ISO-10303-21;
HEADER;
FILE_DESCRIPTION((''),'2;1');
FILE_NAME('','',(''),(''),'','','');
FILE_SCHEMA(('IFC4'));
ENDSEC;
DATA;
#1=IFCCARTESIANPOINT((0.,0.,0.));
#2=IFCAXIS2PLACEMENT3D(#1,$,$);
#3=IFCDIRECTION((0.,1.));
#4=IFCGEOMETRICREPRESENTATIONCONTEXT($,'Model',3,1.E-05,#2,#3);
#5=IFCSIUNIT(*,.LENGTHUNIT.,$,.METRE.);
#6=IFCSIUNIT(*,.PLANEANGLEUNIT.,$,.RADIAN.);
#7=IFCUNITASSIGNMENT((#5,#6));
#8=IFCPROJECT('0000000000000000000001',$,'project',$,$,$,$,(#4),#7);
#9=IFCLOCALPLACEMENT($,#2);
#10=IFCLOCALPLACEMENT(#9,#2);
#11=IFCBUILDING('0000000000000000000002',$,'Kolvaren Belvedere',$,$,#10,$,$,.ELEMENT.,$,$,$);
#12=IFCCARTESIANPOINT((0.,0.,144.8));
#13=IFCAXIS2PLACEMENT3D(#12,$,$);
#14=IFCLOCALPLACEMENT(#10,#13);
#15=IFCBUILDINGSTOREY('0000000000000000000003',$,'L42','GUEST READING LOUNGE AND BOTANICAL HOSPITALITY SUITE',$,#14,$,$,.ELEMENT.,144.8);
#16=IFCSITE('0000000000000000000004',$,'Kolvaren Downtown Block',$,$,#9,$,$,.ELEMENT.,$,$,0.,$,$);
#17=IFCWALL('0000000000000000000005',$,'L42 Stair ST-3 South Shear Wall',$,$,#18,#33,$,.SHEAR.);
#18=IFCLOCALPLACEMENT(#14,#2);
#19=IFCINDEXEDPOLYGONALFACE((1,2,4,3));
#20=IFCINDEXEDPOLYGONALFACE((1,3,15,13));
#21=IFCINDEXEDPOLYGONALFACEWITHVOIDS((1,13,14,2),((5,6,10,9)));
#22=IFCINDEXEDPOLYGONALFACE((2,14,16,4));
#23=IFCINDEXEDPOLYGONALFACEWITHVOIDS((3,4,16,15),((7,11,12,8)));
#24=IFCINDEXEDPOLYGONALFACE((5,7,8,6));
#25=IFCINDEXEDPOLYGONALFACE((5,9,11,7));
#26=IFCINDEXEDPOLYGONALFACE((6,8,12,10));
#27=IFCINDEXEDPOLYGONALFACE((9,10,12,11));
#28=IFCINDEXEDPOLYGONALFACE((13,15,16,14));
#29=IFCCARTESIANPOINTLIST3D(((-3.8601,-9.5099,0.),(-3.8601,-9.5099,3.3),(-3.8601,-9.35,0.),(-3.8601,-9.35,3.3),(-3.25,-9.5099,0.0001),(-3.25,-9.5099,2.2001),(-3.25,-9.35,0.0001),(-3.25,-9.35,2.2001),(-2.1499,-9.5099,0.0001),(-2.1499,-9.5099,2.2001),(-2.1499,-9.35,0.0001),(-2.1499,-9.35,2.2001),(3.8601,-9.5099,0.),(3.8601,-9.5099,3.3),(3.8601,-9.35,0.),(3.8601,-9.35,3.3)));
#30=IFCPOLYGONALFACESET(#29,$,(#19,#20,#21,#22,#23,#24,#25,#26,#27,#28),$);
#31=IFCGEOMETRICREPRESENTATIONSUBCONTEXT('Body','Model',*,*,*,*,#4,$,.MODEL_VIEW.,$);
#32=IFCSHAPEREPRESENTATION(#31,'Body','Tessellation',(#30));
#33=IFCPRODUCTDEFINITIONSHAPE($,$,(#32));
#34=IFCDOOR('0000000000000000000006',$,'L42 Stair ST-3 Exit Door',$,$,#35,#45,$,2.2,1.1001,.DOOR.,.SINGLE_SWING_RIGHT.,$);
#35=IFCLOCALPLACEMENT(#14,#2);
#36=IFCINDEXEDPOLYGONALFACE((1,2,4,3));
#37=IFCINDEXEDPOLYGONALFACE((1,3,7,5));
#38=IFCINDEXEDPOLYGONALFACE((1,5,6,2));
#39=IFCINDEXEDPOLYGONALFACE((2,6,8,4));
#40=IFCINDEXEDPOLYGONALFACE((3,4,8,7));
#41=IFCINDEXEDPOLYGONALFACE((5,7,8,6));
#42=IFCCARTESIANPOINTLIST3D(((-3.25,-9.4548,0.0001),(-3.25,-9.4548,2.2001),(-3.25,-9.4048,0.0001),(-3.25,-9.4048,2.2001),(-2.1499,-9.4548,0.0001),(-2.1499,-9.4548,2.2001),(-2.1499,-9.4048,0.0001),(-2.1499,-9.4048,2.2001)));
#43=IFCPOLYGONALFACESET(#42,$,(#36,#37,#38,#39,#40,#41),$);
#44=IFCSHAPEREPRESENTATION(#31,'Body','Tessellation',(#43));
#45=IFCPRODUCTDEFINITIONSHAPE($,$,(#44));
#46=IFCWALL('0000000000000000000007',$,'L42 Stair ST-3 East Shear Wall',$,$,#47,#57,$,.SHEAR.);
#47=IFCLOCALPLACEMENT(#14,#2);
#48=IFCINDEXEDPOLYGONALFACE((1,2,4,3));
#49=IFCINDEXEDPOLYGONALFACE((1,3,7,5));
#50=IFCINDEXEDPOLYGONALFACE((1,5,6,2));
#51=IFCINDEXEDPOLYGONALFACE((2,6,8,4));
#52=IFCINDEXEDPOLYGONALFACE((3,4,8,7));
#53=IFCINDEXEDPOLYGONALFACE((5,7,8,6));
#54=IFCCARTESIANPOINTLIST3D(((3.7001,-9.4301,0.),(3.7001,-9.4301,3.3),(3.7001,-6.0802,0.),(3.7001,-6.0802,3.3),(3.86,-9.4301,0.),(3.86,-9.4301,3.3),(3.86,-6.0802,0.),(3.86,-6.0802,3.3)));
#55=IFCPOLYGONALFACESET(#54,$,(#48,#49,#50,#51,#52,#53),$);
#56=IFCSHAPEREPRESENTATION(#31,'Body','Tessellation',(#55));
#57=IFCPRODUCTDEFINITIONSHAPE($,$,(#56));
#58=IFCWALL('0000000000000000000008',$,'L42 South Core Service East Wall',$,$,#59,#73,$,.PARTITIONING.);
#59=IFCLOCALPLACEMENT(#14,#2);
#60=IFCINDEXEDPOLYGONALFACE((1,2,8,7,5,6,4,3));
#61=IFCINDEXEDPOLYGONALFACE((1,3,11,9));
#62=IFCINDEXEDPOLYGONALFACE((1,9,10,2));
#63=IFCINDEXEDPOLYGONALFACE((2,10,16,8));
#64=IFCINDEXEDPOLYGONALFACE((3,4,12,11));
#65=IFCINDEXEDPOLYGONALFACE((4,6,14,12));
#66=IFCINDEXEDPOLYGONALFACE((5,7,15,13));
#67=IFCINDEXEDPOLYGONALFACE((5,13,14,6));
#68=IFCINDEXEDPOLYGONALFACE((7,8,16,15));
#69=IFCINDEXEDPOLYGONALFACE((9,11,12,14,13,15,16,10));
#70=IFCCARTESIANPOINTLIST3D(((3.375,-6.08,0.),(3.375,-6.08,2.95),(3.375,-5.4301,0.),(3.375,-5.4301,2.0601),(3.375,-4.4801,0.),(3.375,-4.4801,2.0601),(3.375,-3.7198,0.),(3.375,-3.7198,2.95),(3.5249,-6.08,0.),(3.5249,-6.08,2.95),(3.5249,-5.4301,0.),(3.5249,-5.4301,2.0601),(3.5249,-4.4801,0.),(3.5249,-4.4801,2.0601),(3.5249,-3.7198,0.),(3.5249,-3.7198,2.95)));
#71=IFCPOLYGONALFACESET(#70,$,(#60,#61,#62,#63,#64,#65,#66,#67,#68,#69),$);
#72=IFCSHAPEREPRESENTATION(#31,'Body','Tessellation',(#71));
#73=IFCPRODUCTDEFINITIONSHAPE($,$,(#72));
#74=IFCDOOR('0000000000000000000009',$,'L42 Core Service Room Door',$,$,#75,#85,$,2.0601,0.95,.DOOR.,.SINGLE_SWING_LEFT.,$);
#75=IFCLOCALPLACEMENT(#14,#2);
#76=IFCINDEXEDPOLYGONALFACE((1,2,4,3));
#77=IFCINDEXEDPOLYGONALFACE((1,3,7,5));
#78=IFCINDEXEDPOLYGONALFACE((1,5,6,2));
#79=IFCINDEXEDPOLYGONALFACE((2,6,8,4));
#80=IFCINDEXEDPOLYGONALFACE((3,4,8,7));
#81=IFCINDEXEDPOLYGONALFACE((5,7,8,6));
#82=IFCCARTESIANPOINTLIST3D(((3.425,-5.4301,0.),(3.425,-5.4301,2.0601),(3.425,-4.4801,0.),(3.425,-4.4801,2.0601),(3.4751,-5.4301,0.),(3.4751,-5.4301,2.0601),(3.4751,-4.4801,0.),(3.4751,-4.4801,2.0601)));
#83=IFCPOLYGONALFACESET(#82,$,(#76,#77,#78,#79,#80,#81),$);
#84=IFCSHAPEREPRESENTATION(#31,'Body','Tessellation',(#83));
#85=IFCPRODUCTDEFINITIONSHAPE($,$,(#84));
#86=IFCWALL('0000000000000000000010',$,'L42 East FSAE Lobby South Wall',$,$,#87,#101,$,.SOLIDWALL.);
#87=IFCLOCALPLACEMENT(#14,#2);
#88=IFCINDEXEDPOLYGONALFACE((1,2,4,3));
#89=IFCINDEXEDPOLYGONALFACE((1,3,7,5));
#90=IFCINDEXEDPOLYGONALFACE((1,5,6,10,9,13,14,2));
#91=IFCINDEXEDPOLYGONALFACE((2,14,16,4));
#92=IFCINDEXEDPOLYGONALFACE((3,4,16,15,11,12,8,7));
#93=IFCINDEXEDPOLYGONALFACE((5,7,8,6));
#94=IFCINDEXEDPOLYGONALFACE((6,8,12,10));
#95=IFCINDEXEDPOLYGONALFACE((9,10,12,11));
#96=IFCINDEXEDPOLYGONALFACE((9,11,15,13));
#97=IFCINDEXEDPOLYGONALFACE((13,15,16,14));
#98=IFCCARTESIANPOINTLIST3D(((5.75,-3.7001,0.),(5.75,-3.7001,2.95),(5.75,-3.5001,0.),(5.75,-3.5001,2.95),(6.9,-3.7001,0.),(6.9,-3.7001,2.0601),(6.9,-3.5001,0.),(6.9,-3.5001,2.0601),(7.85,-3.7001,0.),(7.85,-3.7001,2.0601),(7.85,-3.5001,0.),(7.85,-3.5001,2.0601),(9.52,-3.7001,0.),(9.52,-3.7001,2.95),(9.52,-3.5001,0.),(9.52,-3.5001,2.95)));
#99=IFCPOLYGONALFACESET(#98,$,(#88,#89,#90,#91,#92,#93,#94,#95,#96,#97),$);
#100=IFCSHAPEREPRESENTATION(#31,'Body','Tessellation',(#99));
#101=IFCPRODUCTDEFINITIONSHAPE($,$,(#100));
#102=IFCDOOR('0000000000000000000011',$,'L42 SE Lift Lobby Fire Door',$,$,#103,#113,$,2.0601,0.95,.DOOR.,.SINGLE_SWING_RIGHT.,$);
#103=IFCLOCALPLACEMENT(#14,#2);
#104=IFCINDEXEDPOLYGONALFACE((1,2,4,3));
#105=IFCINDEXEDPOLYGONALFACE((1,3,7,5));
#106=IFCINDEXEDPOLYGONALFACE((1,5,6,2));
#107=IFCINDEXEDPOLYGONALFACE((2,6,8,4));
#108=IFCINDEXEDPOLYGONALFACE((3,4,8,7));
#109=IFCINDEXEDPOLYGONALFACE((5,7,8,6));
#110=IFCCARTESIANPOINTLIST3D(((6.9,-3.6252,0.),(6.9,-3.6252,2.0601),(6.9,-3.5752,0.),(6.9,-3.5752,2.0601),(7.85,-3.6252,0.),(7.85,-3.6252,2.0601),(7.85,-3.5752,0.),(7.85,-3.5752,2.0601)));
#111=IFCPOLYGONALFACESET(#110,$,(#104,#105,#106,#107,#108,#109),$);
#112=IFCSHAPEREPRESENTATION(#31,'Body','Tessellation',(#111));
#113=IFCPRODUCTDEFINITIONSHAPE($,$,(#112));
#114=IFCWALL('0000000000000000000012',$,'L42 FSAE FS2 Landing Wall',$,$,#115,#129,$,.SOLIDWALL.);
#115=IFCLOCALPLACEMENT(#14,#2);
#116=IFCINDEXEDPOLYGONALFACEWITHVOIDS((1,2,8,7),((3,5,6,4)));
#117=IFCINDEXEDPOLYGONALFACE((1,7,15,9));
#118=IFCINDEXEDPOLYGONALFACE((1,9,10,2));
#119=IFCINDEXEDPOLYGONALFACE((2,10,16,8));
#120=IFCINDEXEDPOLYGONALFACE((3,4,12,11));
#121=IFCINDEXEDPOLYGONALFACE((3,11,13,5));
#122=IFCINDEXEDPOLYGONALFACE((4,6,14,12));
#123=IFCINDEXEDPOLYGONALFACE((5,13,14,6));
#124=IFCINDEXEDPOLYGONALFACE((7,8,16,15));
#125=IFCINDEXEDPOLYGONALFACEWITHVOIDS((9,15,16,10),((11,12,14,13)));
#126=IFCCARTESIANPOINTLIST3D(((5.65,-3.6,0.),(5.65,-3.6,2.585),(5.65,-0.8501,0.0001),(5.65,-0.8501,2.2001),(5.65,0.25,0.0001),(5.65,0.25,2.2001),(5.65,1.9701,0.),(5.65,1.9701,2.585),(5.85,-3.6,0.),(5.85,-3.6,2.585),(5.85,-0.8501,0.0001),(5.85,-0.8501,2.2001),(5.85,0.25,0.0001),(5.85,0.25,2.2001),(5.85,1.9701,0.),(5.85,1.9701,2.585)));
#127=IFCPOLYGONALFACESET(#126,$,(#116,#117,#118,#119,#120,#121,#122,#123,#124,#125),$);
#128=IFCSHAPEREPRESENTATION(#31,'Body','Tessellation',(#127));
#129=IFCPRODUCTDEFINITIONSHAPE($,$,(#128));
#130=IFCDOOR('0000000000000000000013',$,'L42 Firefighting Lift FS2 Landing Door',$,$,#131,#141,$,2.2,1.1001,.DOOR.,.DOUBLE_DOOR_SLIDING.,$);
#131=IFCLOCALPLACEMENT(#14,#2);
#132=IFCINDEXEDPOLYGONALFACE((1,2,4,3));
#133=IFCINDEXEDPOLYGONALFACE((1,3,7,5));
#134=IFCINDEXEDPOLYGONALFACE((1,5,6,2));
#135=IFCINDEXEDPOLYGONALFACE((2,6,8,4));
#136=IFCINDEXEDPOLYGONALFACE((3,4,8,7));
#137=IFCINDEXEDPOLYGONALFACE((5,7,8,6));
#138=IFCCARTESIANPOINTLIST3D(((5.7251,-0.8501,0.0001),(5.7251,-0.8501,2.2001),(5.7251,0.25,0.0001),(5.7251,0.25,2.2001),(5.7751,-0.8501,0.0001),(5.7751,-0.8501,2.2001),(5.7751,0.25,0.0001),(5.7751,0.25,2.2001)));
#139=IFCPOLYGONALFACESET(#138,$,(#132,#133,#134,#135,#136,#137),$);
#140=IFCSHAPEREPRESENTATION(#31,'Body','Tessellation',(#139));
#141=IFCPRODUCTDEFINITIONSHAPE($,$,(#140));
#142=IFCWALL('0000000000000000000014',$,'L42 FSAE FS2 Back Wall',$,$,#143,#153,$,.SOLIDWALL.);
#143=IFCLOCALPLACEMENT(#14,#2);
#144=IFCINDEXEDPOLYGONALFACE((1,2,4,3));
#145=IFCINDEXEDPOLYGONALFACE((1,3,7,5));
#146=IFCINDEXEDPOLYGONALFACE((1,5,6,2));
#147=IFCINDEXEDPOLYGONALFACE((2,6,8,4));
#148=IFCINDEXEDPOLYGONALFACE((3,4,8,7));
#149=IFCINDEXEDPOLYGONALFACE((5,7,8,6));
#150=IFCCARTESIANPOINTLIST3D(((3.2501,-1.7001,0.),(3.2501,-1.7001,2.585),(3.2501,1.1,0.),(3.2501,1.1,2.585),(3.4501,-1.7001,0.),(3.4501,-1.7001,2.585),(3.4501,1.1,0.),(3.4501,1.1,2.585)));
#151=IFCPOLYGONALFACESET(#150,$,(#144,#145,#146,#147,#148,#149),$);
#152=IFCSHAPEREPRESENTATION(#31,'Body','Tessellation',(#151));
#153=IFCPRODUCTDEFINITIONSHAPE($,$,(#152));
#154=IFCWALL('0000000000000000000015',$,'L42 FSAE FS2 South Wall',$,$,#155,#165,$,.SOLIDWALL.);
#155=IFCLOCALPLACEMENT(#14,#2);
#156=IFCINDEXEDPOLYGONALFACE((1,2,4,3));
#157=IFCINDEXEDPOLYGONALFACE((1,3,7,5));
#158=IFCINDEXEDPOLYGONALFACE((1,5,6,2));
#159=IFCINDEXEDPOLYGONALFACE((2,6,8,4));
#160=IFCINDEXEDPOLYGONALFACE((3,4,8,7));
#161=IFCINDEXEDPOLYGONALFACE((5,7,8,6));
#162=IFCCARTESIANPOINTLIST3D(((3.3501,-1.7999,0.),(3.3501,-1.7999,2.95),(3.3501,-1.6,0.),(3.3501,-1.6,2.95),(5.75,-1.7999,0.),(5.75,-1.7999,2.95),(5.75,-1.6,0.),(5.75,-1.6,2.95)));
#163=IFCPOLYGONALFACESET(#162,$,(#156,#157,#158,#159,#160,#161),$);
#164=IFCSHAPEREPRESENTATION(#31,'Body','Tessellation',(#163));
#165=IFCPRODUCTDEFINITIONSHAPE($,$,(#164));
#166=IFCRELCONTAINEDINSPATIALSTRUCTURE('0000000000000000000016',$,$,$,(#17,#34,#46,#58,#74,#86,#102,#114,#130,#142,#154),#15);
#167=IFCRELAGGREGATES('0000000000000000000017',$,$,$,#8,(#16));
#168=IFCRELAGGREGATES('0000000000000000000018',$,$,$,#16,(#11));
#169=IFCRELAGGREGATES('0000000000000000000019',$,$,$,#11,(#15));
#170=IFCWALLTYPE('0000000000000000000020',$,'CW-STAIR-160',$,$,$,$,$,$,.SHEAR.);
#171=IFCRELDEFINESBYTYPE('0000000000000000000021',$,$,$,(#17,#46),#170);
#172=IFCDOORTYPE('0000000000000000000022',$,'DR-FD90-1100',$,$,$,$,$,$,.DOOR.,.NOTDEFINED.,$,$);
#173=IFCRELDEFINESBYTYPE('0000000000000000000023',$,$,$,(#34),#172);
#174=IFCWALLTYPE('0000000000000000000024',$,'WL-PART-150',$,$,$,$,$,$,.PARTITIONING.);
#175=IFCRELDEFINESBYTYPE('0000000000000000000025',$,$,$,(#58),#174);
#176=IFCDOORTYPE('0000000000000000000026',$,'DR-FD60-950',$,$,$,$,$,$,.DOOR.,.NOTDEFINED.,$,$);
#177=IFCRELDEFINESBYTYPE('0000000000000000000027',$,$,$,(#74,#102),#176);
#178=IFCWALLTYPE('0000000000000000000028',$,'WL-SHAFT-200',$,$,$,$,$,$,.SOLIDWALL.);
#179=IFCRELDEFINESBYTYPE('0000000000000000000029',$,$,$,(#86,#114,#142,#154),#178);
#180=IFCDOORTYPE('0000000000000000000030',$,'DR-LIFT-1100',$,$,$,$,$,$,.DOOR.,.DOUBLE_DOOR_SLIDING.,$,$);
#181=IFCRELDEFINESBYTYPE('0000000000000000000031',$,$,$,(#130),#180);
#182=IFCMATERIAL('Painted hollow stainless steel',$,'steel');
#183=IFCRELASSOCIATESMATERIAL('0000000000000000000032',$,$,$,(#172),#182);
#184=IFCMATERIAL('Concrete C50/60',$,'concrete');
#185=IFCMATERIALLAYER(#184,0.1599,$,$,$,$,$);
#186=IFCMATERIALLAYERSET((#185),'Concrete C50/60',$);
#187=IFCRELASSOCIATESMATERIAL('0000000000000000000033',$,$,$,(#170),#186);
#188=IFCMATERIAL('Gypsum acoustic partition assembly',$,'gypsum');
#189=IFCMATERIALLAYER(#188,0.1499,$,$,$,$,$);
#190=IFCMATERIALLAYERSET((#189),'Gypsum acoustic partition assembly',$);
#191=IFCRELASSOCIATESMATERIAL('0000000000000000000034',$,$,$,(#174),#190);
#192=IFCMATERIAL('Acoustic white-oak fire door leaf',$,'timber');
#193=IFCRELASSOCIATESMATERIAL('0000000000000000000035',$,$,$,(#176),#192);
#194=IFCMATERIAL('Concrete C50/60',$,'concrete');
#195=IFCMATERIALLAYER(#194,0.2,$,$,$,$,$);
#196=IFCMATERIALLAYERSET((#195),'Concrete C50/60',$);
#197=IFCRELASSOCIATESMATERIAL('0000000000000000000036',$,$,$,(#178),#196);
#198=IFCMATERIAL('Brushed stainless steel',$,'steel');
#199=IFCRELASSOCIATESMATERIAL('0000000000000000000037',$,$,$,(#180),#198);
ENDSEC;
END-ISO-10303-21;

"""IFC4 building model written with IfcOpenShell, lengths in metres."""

from ifc_helpers import new_model, si_unit, direction, frame, frame_2d, origin, place, context, subcontext, project, spatial, rectangle, extrude, material, layer, layer_set, type_object, element, fill, save


model = new_model("IFC4")

# Units and contexts
model_context = context("Model", 3, precision=1e-05, world=origin(), true_north=direction((0.0, 1.0)))
body_context = subcontext(model_context, "Body", "Model", "MODEL_VIEW")
ifc_project = project(units=[si_unit("LENGTHUNIT", "METRE"), si_unit("PLANEANGLEUNIT", "RADIAN")], contexts=[model_context])

# Site, building, storey
site_placement = place(None, origin())
site = spatial("IfcSite", under=ifc_project, at=site_placement, Name="Kolvaren Downtown Block", CompositionType="ELEMENT", RefElevation=0.0)
building_placement = place(site_placement, origin())
building = spatial("IfcBuilding", under=site, at=building_placement, Name="Kolvaren Belvedere", CompositionType="ELEMENT")
storey_placement = place(building_placement, frame((0.0, 0.0, 144.8)))
storey = spatial("IfcBuildingStorey", under=building, at=storey_placement, Name="L42", Description="GUEST READING LOUNGE AND BOTANICAL HOSPITALITY SUITE", CompositionType="ELEMENT", Elevation=144.8)

# Wall, opening, door
ifc_material_1 = material(Name="Painted hollow stainless steel", Category="steel")
door_type_1 = type_object("IfcDoorType", Name="DR-FD90-1100", OperationType="NOTDEFINED", PredefinedType="DOOR", material=ifc_material_1)
ifc_material_2 = material(Name="Concrete C50/60", Category="concrete")
ifc_layer_1 = layer(ifc_material_2, 0.1599)
ifc_layer_set_1 = layer_set([ifc_layer_1], Name="Concrete C50/60")
wall_type_1 = type_object("IfcWallType", Name="CW-STAIR-160", PredefinedType="SHEAR", material=ifc_layer_set_1)
wall_1_placement = place(storey_placement, frame((3.8601, -9.4299, 0.0), z_axis=(0.0, 0.0, 1.0), x_axis=(-1.0, 0.0, 0.0)))
wall_1 = element("IfcWall", 1, at=wall_1_placement, inside=storey, type_object=wall_type_1, Name="L42 Stair ST-3 South Shear Wall", PredefinedType="SHEAR", context=body_context, shape_type="SweptSolid", body=[
    extrude(rectangle(XDim=7.7202, YDim=0.1599, at=frame_2d((3.8601, 0.0))), origin(), (0.0, 0.0, 1.0), 3.3),
])
opening_1_placement = place(wall_1_placement, frame((6.01, 0.0, 0.0)))
opening_1 = element("IfcOpeningElement", 2, at=opening_1_placement, cuts=wall_1, PredefinedType="OPENING", context=body_context, shape_type="SweptSolid", body=[
    extrude(rectangle(XDim=1.1001, YDim=2.2, at=frame_2d((0.55, 1.1001))), frame((0.0, 0.0898, 0.0), z_axis=(0.0, -1.0, 0.0), x_axis=(1.0, 0.0, 0.0)), (0.0, 0.0, 1.0), 0.1799),
])
door_1_placement = place(opening_1_placement, origin())
door_1 = element("IfcDoor", 3, at=door_1_placement, inside=storey, type_object=door_type_1, Name="L42 Stair ST-3 Exit Door", OperationType="SINGLE_SWING_RIGHT", OverallHeight=2.2, OverallWidth=1.1001, PredefinedType="DOOR", context=body_context, shape_type="SweptSolid", body=[
    extrude(rectangle(XDim=1.1001, YDim=2.2, at=frame_2d((0.55, 1.1001))), frame((0.0, 0.0249, 0.0), z_axis=(0.0, -1.0, 0.0), x_axis=(1.0, 0.0, 0.0)), (0.0, 0.0, 1.0), 0.05),
])
fill(opening_1, door_1)

# Wall
wall_2_placement = place(storey_placement, frame((3.78, -9.4299, 0.0), z_axis=(0.0, 0.0, 1.0), x_axis=(0.0, 1.0, 0.0)))
element("IfcWall", 4, at=wall_2_placement, inside=storey, type_object=wall_type_1, Name="L42 Stair ST-3 East Shear Wall", PredefinedType="SHEAR", context=body_context, shape_type="SweptSolid", body=[
    extrude(rectangle(XDim=3.3499, YDim=0.1599, at=frame_2d((1.6748, 0.0))), origin(), (0.0, 0.0, 1.0), 3.3),
])

# Walls, openings, doors
ifc_material_3 = material(Name="Gypsum acoustic partition assembly", Category="gypsum")
ifc_layer_2 = layer(ifc_material_3, 0.1499)
ifc_layer_set_2 = layer_set([ifc_layer_2], Name="Gypsum acoustic partition assembly")
wall_type_2 = type_object("IfcWallType", Name="WL-PART-150", PredefinedType="PARTITIONING", material=ifc_layer_set_2)
wall_3_placement = place(storey_placement, frame((3.45, -6.0801, 0.0), z_axis=(0.0, 0.0, 1.0), x_axis=(0.0, 1.0, 0.0)))
wall_3 = element("IfcWall", 5, at=wall_3_placement, inside=storey, type_object=wall_type_2, Name="L42 South Core Service East Wall", PredefinedType="PARTITIONING", context=body_context, shape_type="SweptSolid", body=[
    extrude(rectangle(XDim=2.3601, YDim=0.1499, at=frame_2d((1.1802, 0.0))), origin(), (0.0, 0.0, 1.0), 2.95),
])
opening_2_placement = place(wall_3_placement, frame((0.6499, 0.0, 0.0)))
opening_2 = element("IfcOpeningElement", 6, at=opening_2_placement, cuts=wall_3, PredefinedType="OPENING", context=body_context, shape_type="SweptSolid", body=[
    extrude(rectangle(XDim=0.95, YDim=2.0601, at=frame_2d((0.4751, 1.03))), frame((0.0, 0.085, 0.0), z_axis=(0.0, -1.0, 0.0), x_axis=(1.0, 0.0, 0.0)), (0.0, 0.0, 1.0), 0.1699),
])
ifc_material_4 = material(Name="Acoustic white-oak fire door leaf", Category="timber")
door_type_2 = type_object("IfcDoorType", Name="DR-FD60-950", OperationType="NOTDEFINED", PredefinedType="DOOR", material=ifc_material_4)
door_2_placement = place(opening_2_placement, origin())
door_2 = element("IfcDoor", 7, at=door_2_placement, inside=storey, type_object=door_type_2, Name="L42 Core Service Room Door", OperationType="SINGLE_SWING_LEFT", OverallHeight=2.0601, OverallWidth=0.95, PredefinedType="DOOR", context=body_context, shape_type="SweptSolid", body=[
    extrude(rectangle(XDim=0.95, YDim=2.0601, at=frame_2d((0.4751, 1.03))), frame((0.0, 0.0249, 0.0), z_axis=(0.0, -1.0, 0.0), x_axis=(1.0, 0.0, 0.0)), (0.0, 0.0, 1.0), 0.05),
])
fill(opening_2, door_2)
ifc_material_5 = material(Name="Concrete C50/60", Category="concrete")
ifc_layer_3 = layer(ifc_material_5, 0.2)
ifc_layer_set_3 = layer_set([ifc_layer_3], Name="Concrete C50/60")
wall_type_3 = type_object("IfcWallType", Name="WL-SHAFT-200", PredefinedType="SOLIDWALL", material=ifc_layer_set_3)
wall_4_placement = place(storey_placement, frame((5.75, -3.6001, 0.0), z_axis=(0.0, 0.0, 1.0), x_axis=(1.0, 0.0, 0.0)))
wall_4 = element("IfcWall", 8, at=wall_4_placement, inside=storey, type_object=wall_type_3, Name="L42 East FSAE Lobby South Wall", PredefinedType="SOLIDWALL", context=body_context, shape_type="SweptSolid", body=[
    extrude(rectangle(XDim=3.77, YDim=0.2, at=frame_2d((1.885, 0.0))), origin(), (0.0, 0.0, 1.0), 2.95),
])
opening_3_placement = place(wall_4_placement, frame((1.1499, 0.0, 0.0)))
opening_3 = element("IfcOpeningElement", 9, at=opening_3_placement, cuts=wall_4, PredefinedType="OPENING", context=body_context, shape_type="SweptSolid", body=[
    extrude(rectangle(XDim=0.95, YDim=2.0601, at=frame_2d((0.4751, 1.03))), frame((0.0, 0.1099, 0.0), z_axis=(0.0, -1.0, 0.0), x_axis=(1.0, 0.0, 0.0)), (0.0, 0.0, 1.0), 0.22),
])
door_3_placement = place(opening_3_placement, origin())
door_3 = element("IfcDoor", 10, at=door_3_placement, inside=storey, type_object=door_type_2, Name="L42 SE Lift Lobby Fire Door", OperationType="SINGLE_SWING_RIGHT", OverallHeight=2.0601, OverallWidth=0.95, PredefinedType="DOOR", context=body_context, shape_type="SweptSolid", body=[
    extrude(rectangle(XDim=0.95, YDim=2.0601, at=frame_2d((0.4751, 1.03))), frame((0.0, 0.0249, 0.0), z_axis=(0.0, -1.0, 0.0), x_axis=(1.0, 0.0, 0.0)), (0.0, 0.0, 1.0), 0.05),
])
fill(opening_3, door_3)
wall_5_placement = place(storey_placement, frame((5.75, -3.6001, 0.0), z_axis=(0.0, 0.0, 1.0), x_axis=(0.0, 1.0, 0.0)))
wall_5 = element("IfcWall", 11, at=wall_5_placement, inside=storey, type_object=wall_type_3, Name="L42 FSAE FS2 Landing Wall", PredefinedType="SOLIDWALL", context=body_context, shape_type="SweptSolid", body=[
    extrude(rectangle(XDim=5.5701, YDim=0.2, at=frame_2d((2.7852, 0.0))), origin(), (0.0, 0.0, 1.0), 2.585),
])
opening_4_placement = place(wall_5_placement, frame((2.75, 0.0, 0.0)))
opening_4 = element("IfcOpeningElement", 12, at=opening_4_placement, cuts=wall_5, PredefinedType="OPENING", context=body_context, shape_type="SweptSolid", body=[
    extrude(rectangle(XDim=1.1001, YDim=2.2, at=frame_2d((0.55, 1.1001))), frame((0.0, 0.1099, 0.0), z_axis=(0.0, -1.0, 0.0), x_axis=(1.0, 0.0, 0.0)), (0.0, 0.0, 1.0), 0.22),
])
ifc_material_6 = material(Name="Brushed stainless steel", Category="steel")
door_type_3 = type_object("IfcDoorType", Name="DR-LIFT-1100", OperationType="DOUBLE_DOOR_SLIDING", PredefinedType="DOOR", material=ifc_material_6)
door_4_placement = place(opening_4_placement, origin())
door_4 = element("IfcDoor", 13, at=door_4_placement, inside=storey, type_object=door_type_3, Name="L42 Firefighting Lift FS2 Landing Door", OperationType="DOUBLE_DOOR_SLIDING", OverallHeight=2.2, OverallWidth=1.1001, PredefinedType="DOOR", context=body_context, shape_type="SweptSolid", body=[
    extrude(rectangle(XDim=1.1001, YDim=2.2, at=frame_2d((0.55, 1.1001))), frame((0.0, 0.0249, 0.0), z_axis=(0.0, -1.0, 0.0), x_axis=(1.0, 0.0, 0.0)), (0.0, 0.0, 1.0), 0.05),
])
fill(opening_4, door_4)

# Walls
wall_6_placement = place(storey_placement, frame((3.3501, -1.7, 0.0), z_axis=(0.0, 0.0, 1.0), x_axis=(0.0, 1.0, 0.0)))
element("IfcWall", 14, at=wall_6_placement, inside=storey, type_object=wall_type_3, Name="L42 FSAE FS2 Back Wall", PredefinedType="SOLIDWALL", context=body_context, shape_type="SweptSolid", body=[
    extrude(rectangle(XDim=2.8, YDim=0.2, at=frame_2d((1.3999, 0.0))), origin(), (0.0, 0.0, 1.0), 2.585),
])
wall_7_placement = place(storey_placement, frame((3.3501, -1.7, 0.0), z_axis=(0.0, 0.0, 1.0), x_axis=(1.0, 0.0, 0.0)))
element("IfcWall", 15, at=wall_7_placement, inside=storey, type_object=wall_type_3, Name="L42 FSAE FS2 South Wall", PredefinedType="SOLIDWALL", context=body_context, shape_type="SweptSolid", body=[
    extrude(rectangle(XDim=2.3999, YDim=0.2, at=frame_2d((1.2, 0.0))), origin(), (0.0, 0.0, 1.0), 2.95),
])

save(model, "model.ifc")
